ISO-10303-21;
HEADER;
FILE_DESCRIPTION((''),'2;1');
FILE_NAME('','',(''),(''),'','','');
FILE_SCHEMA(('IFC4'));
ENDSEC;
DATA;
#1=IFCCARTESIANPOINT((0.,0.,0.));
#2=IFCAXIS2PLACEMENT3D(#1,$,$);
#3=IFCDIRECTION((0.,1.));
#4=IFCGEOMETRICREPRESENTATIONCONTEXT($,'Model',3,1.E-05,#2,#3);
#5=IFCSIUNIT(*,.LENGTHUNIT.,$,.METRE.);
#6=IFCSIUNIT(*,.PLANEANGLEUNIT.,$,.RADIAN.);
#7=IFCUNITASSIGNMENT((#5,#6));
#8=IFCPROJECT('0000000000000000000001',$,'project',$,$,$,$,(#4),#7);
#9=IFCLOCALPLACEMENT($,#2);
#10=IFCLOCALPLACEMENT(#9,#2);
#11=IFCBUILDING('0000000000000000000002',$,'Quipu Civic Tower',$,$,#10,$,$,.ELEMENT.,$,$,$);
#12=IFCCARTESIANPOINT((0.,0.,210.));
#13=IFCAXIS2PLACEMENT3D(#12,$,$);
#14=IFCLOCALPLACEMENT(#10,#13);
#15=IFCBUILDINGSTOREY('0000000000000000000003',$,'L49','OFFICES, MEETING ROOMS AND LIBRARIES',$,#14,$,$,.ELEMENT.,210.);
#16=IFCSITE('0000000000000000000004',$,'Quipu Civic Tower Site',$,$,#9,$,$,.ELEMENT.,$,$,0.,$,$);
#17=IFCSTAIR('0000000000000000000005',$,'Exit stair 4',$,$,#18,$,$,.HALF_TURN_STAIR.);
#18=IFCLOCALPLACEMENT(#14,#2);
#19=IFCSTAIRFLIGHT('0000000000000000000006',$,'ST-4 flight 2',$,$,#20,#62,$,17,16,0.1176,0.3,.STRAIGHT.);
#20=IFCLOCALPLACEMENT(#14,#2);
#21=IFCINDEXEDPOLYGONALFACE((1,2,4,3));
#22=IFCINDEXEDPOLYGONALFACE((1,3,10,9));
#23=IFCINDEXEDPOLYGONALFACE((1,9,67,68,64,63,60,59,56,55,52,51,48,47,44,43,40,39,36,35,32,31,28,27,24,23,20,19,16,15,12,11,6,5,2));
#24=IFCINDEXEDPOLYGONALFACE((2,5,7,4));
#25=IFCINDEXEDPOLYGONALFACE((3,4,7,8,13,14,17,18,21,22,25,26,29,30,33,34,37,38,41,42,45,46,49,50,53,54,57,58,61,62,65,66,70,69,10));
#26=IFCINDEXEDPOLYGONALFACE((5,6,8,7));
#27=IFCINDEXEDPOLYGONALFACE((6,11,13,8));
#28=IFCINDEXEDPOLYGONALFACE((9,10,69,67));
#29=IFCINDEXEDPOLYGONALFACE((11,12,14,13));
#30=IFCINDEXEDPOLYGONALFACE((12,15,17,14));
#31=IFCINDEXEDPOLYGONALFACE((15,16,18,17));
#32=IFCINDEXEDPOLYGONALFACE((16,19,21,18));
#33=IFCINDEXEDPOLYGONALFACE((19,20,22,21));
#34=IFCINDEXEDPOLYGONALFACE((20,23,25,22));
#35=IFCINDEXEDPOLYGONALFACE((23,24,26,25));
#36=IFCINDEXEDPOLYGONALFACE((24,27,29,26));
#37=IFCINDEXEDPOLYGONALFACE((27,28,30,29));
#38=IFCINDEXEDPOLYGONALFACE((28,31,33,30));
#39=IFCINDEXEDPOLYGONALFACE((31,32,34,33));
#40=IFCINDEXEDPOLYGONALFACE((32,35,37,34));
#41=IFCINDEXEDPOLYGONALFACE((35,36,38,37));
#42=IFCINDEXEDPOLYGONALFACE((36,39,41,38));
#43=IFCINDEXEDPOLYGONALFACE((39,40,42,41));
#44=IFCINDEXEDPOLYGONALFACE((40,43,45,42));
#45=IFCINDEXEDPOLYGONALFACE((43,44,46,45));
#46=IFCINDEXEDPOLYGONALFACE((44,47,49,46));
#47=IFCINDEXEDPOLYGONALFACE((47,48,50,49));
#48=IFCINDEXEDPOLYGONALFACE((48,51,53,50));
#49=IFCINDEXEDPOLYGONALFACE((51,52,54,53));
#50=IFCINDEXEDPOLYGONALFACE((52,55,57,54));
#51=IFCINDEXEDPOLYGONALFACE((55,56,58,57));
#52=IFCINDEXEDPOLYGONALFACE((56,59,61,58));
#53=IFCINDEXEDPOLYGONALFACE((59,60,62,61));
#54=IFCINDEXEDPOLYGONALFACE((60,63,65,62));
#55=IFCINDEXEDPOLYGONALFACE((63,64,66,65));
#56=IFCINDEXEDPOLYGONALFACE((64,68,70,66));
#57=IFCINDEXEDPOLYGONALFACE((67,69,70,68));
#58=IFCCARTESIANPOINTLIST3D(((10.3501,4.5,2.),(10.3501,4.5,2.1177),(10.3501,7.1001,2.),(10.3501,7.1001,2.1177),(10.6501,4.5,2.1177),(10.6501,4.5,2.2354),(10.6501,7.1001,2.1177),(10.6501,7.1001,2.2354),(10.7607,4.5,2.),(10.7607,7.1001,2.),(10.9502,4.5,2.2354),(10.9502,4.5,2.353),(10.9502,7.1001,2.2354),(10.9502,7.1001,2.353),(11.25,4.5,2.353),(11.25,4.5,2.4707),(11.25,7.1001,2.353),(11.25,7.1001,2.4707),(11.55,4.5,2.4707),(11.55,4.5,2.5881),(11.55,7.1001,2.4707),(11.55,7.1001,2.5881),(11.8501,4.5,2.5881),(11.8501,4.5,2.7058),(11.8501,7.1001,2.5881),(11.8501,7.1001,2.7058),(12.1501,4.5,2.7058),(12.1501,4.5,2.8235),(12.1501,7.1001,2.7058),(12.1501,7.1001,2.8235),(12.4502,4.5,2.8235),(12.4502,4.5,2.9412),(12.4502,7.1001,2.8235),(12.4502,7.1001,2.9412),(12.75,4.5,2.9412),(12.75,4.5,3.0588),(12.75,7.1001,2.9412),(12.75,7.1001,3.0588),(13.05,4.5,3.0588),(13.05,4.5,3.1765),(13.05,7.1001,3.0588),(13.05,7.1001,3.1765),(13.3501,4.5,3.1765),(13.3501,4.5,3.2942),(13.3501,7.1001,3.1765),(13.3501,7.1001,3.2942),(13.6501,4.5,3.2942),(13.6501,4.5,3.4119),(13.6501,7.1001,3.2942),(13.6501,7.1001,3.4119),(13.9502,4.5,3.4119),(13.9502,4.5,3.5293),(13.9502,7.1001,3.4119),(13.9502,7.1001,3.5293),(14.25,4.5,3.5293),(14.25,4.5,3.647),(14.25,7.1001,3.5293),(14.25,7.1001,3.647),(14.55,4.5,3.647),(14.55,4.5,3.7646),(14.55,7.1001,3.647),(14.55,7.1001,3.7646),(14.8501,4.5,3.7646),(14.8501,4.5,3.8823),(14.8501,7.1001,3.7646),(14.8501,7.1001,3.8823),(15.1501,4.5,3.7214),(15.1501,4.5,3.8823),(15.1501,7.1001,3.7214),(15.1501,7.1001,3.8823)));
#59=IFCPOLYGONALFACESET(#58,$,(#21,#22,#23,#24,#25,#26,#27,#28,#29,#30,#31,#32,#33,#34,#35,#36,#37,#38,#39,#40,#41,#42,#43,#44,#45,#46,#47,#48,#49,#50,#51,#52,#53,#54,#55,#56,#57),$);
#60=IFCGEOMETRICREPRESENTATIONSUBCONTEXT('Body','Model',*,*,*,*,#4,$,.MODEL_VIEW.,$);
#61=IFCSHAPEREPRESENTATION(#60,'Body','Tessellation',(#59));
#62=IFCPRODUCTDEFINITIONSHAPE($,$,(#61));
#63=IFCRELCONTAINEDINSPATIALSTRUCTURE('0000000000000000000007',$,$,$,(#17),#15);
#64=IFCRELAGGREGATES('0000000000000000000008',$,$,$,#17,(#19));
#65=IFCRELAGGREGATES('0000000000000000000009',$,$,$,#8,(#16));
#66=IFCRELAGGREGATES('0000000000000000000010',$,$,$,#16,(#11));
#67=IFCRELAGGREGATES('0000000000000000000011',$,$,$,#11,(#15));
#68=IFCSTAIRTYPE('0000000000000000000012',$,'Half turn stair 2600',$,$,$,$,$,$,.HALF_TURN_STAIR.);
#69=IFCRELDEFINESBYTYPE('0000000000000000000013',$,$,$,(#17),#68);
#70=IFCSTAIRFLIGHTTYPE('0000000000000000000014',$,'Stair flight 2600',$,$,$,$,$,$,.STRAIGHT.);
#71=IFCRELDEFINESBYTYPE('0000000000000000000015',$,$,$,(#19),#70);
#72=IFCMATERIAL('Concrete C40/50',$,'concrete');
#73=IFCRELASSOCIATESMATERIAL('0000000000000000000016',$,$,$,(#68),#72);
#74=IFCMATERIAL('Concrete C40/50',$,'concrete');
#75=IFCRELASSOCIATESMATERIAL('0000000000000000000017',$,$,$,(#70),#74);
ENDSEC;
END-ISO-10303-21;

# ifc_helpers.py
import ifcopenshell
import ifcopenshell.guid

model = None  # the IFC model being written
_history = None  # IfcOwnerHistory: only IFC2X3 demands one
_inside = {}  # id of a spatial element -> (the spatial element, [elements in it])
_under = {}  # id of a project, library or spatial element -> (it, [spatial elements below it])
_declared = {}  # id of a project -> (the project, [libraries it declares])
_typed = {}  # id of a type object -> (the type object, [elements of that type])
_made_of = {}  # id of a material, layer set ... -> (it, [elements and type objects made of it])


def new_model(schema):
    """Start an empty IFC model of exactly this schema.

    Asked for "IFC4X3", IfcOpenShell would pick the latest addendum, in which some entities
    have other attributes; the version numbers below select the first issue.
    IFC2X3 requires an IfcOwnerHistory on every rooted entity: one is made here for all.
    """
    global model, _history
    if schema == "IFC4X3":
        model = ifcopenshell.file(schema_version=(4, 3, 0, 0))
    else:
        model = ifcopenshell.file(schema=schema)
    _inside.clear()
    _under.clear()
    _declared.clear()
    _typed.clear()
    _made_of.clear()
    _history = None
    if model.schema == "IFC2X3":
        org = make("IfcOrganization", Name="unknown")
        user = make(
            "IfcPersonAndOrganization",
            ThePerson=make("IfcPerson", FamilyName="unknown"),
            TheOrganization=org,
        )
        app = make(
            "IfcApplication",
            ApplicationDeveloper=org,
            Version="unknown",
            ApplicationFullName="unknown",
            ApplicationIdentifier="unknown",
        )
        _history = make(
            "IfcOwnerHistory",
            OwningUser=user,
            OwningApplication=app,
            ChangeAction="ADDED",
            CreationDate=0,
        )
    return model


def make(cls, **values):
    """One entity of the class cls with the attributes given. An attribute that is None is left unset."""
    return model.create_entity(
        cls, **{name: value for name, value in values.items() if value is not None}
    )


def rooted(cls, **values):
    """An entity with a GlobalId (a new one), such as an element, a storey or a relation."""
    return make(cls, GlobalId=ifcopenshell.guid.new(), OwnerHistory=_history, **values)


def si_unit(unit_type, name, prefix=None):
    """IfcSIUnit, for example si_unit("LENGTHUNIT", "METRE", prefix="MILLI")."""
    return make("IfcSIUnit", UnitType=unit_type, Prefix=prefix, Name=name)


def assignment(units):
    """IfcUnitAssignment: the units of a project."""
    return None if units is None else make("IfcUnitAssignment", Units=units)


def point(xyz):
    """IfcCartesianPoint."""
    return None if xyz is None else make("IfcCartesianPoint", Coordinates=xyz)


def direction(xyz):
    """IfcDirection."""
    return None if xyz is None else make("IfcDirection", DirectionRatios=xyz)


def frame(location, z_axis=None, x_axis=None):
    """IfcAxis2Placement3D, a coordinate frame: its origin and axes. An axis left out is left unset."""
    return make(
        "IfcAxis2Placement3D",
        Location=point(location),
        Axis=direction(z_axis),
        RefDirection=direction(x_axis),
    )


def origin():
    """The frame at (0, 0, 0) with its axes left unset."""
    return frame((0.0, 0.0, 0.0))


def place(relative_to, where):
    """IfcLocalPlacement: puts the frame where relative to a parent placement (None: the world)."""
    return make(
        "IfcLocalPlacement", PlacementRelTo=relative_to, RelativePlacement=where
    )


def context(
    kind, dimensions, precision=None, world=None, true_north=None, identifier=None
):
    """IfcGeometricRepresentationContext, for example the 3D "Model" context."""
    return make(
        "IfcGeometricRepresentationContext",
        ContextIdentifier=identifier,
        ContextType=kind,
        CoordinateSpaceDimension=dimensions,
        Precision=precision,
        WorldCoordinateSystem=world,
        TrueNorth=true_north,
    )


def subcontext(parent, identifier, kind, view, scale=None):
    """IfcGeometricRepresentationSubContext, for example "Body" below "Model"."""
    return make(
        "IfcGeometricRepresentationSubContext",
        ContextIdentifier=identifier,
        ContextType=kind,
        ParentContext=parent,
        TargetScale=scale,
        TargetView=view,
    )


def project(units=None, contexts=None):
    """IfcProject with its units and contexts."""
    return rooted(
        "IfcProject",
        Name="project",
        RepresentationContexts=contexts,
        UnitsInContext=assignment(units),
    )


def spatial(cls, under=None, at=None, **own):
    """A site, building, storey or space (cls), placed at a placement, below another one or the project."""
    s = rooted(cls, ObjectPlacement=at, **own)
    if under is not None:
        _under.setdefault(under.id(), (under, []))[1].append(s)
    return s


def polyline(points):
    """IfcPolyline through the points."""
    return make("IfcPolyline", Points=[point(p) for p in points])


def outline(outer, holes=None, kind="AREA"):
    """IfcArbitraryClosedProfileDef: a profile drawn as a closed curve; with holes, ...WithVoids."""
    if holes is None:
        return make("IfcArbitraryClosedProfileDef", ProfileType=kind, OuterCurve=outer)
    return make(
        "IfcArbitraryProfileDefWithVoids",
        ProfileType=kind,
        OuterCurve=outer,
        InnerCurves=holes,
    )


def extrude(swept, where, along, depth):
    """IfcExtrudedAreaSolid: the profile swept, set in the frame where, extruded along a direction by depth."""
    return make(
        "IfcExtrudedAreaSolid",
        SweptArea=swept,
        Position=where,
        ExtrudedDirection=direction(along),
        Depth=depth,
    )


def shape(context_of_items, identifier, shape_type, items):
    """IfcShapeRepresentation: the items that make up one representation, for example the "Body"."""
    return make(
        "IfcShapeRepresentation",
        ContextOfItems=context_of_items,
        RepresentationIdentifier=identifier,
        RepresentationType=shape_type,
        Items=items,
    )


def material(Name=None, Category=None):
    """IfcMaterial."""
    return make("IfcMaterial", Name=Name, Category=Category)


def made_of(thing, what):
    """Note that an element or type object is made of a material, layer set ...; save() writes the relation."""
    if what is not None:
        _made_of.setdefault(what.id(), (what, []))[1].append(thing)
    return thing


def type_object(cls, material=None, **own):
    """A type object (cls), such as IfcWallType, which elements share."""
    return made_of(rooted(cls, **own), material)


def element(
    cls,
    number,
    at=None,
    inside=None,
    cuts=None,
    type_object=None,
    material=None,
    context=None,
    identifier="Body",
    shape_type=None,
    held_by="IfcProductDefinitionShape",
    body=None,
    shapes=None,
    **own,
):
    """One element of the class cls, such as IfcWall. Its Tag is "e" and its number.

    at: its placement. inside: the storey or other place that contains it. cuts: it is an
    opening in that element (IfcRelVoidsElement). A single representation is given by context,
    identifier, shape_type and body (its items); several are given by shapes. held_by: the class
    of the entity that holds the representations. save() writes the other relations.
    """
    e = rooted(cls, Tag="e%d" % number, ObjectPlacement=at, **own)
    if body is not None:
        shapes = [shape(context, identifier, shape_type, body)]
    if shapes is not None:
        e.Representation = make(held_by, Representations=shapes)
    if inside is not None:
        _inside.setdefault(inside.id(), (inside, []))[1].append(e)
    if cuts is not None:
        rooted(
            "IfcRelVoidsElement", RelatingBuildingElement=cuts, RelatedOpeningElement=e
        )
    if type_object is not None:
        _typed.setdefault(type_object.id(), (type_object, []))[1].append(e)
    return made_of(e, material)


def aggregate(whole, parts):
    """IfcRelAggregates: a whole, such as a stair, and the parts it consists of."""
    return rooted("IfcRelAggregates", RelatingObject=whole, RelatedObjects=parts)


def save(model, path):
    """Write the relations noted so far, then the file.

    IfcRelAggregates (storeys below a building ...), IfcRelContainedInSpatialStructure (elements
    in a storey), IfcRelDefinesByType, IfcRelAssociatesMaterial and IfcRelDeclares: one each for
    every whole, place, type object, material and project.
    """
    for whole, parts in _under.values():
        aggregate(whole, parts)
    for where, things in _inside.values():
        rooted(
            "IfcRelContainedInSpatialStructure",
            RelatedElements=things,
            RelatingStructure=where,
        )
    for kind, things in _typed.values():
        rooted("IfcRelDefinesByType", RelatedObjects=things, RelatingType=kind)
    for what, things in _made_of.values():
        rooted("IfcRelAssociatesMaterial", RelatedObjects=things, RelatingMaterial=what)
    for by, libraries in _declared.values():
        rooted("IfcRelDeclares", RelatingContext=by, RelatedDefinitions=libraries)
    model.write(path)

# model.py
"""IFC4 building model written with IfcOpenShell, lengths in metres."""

from ifc_helpers import new_model, si_unit, direction, frame, origin, place, context, subcontext, project, spatial, polyline, outline, extrude, material, type_object, element, aggregate, save


model = new_model("IFC4")

# Units and contexts
model_context = context("Model", 3, precision=1e-05, world=origin(), true_north=direction((0.0, 1.0)))
body_context = subcontext(model_context, "Body", "Model", "MODEL_VIEW")
ifc_project = project(units=[si_unit("LENGTHUNIT", "METRE"), si_unit("PLANEANGLEUNIT", "RADIAN")], contexts=[model_context])

# Site, building, storey
site_placement = place(None, origin())
site = spatial("IfcSite", under=ifc_project, at=site_placement, Name="Quipu Civic Tower Site", CompositionType="ELEMENT", RefElevation=0.0)
building_placement = place(site_placement, origin())
building = spatial("IfcBuilding", under=site, at=building_placement, Name="Quipu Civic Tower", CompositionType="ELEMENT")
storey_placement = place(building_placement, frame((0.0, 0.0, 210.0)))
storey = spatial("IfcBuildingStorey", under=building, at=storey_placement, Name="L49", Description="OFFICES, MEETING ROOMS AND LIBRARIES", CompositionType="ELEMENT", Elevation=210.0)

# Stair, stair flight
ifc_material_1 = material(Name="Concrete C40/50", Category="concrete")
stair_type = type_object("IfcStairType", Name="Half turn stair 2600", PredefinedType="HALF_TURN_STAIR", material=ifc_material_1)
stair_placement = place(storey_placement, origin())
stair = element("IfcStair", 1, at=stair_placement, inside=storey, type_object=stair_type, Name="Exit stair 4", PredefinedType="HALF_TURN_STAIR")
ifc_material_2 = material(Name="Concrete C40/50", Category="concrete")
stair_flight_type = type_object("IfcStairFlightType", Name="Stair flight 2600", PredefinedType="STRAIGHT", material=ifc_material_2)
stair_flight_1_placement = place(storey_placement, frame((10.3501, 5.8, 2.0), z_axis=(0.0, 0.0, 1.0), x_axis=(1.0, 0.0, 0.0)))
stair_flight_1 = element("IfcStairFlight", 2, at=stair_flight_1_placement, type_object=stair_flight_type, Name="ST-4 flight 2", NumberOfRisers=17, NumberOfTreads=16, PredefinedType="STRAIGHT", RiserHeight=0.1176, TreadLength=0.3, context=body_context, shape_type="SweptSolid", body=[
    extrude(outline(polyline([(0.0, 0.0), (0.0, 0.1177), (0.3, 0.1177), (0.3, 0.2354), (0.6001, 0.2354), (0.6001, 0.353), (0.8999, 0.353), (0.8999, 0.4707), (1.2, 0.4707), (1.2, 0.5881), (1.5, 0.5881), (1.5, 0.7058), (1.8, 0.7058), (1.8, 0.8235), (2.1001, 0.8235), (2.1001, 0.9412), (2.3999, 0.9412), (2.3999, 1.0588), (2.7, 1.0588), (2.7, 1.1765), (3.0, 1.1765), (3.0, 1.2942), (3.3, 1.2942), (3.3, 1.4119), (3.6001, 1.4119), (3.6001, 1.5293), (3.8999, 1.5293), (3.8999, 1.647), (4.2, 1.647), (4.2, 1.7646), (4.5, 1.7646), (4.5, 1.8823), (4.8, 1.8823), (4.8, 2.0), (4.8, 1.7214), (0.4106, 0.0), (0.0, 0.0)])), frame((0.0, 1.3, 0.0), z_axis=(0.0, -1.0, 0.0), x_axis=(1.0, 0.0, 0.0)), (0.0, 0.0, 1.0), 2.6001),
])
aggregate(stair, [stair_flight_1])

save(model, "model.ifc")
